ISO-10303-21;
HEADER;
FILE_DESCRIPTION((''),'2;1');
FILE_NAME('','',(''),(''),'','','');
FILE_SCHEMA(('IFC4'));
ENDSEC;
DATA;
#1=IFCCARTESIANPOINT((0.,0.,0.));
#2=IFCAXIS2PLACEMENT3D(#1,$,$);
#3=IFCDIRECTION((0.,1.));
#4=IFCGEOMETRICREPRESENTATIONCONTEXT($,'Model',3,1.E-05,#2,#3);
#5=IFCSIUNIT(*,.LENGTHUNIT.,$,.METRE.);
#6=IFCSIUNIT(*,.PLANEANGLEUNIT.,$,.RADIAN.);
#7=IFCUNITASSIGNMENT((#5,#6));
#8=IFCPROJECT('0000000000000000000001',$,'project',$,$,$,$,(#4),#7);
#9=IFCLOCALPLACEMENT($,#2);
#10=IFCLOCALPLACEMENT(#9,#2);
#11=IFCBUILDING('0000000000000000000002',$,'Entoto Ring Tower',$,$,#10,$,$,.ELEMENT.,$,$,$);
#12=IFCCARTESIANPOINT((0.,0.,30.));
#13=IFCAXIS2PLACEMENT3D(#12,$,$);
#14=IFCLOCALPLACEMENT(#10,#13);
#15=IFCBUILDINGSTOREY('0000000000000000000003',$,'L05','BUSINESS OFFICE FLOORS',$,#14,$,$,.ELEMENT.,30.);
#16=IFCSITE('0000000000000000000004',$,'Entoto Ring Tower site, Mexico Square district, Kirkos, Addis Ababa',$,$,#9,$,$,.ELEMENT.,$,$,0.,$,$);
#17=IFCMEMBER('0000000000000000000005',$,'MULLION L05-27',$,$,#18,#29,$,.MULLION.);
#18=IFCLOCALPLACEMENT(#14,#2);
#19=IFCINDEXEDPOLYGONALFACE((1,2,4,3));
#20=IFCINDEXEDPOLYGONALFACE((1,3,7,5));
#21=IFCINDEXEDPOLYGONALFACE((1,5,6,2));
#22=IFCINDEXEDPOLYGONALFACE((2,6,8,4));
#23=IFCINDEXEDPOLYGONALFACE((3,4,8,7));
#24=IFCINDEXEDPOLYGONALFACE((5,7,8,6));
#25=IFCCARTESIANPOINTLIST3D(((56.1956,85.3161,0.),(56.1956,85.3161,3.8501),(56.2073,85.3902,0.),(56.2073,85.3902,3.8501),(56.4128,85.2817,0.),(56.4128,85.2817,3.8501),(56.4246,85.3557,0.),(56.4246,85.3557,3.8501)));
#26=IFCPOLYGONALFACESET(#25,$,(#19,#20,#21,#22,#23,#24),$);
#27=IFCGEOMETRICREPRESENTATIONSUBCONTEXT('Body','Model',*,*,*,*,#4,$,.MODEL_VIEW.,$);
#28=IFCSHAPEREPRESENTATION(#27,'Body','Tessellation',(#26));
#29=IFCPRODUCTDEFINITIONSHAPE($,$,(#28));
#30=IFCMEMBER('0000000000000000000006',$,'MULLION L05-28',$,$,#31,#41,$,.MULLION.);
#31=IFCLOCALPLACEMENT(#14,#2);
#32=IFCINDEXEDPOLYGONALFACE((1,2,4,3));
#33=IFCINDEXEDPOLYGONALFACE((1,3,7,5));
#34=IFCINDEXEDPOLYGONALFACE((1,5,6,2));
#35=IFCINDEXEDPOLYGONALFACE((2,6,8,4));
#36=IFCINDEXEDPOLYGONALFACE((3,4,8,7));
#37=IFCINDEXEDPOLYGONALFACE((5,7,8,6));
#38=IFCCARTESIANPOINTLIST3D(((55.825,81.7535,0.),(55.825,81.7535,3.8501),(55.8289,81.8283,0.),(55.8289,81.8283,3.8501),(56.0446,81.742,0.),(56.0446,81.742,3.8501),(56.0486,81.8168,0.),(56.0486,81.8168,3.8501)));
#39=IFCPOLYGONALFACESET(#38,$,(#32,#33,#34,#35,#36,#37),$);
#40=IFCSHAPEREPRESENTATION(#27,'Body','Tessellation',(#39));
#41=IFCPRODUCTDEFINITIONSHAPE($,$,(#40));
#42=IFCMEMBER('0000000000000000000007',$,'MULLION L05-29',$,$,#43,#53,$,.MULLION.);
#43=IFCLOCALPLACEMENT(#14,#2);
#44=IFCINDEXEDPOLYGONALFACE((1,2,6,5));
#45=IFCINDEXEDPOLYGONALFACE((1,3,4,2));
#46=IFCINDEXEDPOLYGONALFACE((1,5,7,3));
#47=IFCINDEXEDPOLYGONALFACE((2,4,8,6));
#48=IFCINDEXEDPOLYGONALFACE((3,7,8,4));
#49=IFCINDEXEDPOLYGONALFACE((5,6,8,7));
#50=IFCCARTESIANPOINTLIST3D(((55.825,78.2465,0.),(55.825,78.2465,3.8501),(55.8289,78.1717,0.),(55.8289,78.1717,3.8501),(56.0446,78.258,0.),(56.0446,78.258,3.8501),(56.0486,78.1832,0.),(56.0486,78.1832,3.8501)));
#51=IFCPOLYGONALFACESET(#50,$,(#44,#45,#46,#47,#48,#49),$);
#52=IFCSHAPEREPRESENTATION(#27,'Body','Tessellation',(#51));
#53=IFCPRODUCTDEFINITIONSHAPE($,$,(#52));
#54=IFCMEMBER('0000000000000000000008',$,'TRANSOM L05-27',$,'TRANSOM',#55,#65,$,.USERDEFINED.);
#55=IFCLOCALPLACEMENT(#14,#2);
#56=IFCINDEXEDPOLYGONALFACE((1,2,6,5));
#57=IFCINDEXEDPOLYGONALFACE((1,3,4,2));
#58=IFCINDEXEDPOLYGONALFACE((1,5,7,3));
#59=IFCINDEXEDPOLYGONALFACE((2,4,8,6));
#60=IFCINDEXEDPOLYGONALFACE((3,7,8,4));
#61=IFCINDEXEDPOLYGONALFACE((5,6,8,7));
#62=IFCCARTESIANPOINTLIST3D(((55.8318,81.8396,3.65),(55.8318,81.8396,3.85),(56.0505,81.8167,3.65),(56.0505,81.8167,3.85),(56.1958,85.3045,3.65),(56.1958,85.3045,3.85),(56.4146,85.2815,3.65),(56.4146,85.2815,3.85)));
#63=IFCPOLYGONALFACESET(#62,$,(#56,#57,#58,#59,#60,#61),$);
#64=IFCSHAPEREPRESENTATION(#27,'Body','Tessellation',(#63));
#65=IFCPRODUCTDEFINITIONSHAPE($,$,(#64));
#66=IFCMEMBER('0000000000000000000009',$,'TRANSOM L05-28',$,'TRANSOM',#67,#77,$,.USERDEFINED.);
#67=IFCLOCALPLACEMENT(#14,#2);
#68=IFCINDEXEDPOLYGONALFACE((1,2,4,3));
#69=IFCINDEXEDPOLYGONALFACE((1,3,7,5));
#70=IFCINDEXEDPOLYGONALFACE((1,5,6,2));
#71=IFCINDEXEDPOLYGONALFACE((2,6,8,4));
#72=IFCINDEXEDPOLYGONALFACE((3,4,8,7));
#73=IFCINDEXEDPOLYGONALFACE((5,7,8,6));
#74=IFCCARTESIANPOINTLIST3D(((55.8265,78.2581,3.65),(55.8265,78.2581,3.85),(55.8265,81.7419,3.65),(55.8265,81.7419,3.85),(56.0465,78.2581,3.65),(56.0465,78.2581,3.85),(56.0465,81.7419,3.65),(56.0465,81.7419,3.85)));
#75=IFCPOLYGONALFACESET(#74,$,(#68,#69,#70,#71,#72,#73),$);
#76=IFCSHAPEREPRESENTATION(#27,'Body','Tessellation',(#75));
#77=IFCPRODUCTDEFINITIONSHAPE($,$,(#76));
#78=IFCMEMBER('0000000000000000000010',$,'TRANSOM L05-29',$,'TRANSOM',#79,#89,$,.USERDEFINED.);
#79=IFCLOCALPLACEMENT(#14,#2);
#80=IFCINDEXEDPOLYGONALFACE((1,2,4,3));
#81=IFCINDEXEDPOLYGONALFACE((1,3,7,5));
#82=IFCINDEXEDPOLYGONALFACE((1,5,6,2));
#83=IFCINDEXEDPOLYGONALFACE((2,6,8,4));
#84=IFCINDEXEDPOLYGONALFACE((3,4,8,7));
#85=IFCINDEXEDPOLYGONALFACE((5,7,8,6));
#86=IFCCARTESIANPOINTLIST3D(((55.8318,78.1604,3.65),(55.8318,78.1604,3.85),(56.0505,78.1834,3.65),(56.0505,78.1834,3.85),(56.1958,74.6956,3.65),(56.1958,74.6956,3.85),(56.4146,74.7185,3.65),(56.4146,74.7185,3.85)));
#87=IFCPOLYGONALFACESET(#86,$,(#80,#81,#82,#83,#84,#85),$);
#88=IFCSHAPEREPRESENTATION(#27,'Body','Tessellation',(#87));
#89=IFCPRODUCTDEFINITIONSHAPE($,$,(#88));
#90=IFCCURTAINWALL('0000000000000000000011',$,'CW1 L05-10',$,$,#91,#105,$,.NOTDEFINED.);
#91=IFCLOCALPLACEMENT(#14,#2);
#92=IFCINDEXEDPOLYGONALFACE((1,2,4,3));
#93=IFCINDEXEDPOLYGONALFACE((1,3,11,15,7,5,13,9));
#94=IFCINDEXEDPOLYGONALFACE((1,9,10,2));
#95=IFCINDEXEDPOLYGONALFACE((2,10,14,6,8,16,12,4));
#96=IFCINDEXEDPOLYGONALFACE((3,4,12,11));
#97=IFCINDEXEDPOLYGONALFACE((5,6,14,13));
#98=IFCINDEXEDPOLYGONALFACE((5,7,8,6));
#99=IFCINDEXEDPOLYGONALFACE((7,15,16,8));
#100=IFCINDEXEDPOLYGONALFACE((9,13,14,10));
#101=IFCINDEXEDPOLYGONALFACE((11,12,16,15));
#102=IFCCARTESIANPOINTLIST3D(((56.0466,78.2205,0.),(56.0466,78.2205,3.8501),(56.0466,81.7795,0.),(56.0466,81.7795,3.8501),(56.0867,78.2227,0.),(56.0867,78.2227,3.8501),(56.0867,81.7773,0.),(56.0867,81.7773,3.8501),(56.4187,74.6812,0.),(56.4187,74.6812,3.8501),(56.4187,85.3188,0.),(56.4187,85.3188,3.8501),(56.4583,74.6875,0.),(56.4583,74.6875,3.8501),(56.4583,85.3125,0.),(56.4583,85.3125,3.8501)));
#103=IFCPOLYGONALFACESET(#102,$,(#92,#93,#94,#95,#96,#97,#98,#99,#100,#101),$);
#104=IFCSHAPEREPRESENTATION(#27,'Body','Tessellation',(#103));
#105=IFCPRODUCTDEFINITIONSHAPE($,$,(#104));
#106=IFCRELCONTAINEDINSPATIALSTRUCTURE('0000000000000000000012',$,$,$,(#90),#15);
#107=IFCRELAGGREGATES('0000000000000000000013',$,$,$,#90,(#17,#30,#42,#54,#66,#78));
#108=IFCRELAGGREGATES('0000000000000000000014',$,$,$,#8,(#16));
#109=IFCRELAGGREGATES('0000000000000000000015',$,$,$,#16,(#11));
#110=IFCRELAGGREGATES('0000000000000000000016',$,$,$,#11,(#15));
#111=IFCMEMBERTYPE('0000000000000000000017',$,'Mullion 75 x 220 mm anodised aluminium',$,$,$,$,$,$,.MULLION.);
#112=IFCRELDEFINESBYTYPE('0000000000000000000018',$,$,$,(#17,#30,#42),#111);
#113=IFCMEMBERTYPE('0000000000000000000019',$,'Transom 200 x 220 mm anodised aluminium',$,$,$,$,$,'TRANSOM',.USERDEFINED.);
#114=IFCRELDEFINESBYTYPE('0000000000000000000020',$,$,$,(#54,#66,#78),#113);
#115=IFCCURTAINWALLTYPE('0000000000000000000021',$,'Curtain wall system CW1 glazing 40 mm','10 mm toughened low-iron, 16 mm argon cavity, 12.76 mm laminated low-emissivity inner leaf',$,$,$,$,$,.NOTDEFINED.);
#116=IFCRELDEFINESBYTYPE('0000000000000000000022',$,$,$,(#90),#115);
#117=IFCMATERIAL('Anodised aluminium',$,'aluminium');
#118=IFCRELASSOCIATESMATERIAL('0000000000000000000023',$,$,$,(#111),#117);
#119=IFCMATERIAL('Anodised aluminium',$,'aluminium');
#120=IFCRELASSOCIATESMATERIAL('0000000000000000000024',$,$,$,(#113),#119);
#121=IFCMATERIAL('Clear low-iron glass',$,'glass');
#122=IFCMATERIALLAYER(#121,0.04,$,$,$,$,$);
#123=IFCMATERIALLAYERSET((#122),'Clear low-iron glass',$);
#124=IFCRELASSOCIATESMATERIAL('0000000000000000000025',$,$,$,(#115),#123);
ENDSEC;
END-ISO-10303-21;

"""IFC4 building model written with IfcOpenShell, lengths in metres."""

from ifc_helpers import new_model, si_unit, direction, frame, origin, origin_2d, place, context, subcontext, project, spatial, polyline, rectangle, outline, extrude, material, layer, layer_set, material_profile, profile_set, type_object, element, aggregate, save


model = new_model("IFC4")

# Units and contexts
model_context = context("Model", 3, precision=1e-05, world=origin(), true_north=direction((0.0, 1.0)))
body_context = subcontext(model_context, "Body", "Model", "MODEL_VIEW")
ifc_project = project(units=[si_unit("LENGTHUNIT", "METRE"), si_unit("PLANEANGLEUNIT", "RADIAN")], contexts=[model_context])

# Members
ifc_material_1 = material(Name="Anodised aluminium", Category="aluminium")
ifc_material_profile_1 = material_profile(ifc_material_1, rectangle(XDim=0.075, YDim=0.22, at=origin_2d()), Name="Mullion 75 x 220 mm anodised aluminium")
ifc_profile_set_1 = profile_set([ifc_material_profile_1], Name="Anodised aluminium")
member_type_1 = type_object("IfcMemberType", Name="Mullion 75 x 220 mm anodised aluminium", PredefinedType="MULLION", material=ifc_profile_set_1)
site_placement = place(None, origin())
building_placement = place(site_placement, origin())
storey_placement = place(building_placement, frame((0.0, 0.0, 30.0)))
member_1_placement = place(storey_placement, frame((56.3101, 85.3359, 0.0), z_axis=(0.0, 0.0, 1.0), x_axis=(-0.156434, -0.987688, 0.0)))
member_1 = element("IfcMember", 1, at=member_1_placement, type_object=member_type_1, Name="MULLION L05-27", PredefinedType="MULLION", context=body_context, shape_type="SweptSolid", body=[
    extrude(rectangle(XDim=0.075, YDim=0.22, at=origin_2d()), origin(), (0.0, 0.0, 1.0), 3.8501),
])
member_2_placement = place(storey_placement, frame((55.9368, 81.7852, 0.0), z_axis=(0.0, 0.0, 1.0), x_axis=(-0.052336, -0.99863, 0.0)))
member_2 = element("IfcMember", 2, at=member_2_placement, type_object=member_type_1, Name="MULLION L05-28", PredefinedType="MULLION", context=body_context, shape_type="SweptSolid", body=[
    extrude(rectangle(XDim=0.075, YDim=0.22, at=origin_2d()), origin(), (0.0, 0.0, 1.0), 3.8501),
])
member_3_placement = place(storey_placement, frame((55.9368, 78.2148, 0.0), z_axis=(0.0, 0.0, 1.0), x_axis=(0.052336, -0.99863, 0.0)))
member_3 = element("IfcMember", 3, at=member_3_placement, type_object=member_type_1, Name="MULLION L05-29", PredefinedType="MULLION", context=body_context, shape_type="SweptSolid", body=[
    extrude(rectangle(XDim=0.075, YDim=0.22, at=origin_2d()), origin(), (0.0, 0.0, 1.0), 3.8501),
])
ifc_material_2 = material(Name="Anodised aluminium", Category="aluminium")
ifc_material_profile_2 = material_profile(ifc_material_2, rectangle(XDim=0.22, YDim=0.2, at=origin_2d()), Name="Transom 200 x 220 mm anodised aluminium")
ifc_profile_set_2 = profile_set([ifc_material_profile_2], Name="Anodised aluminium")
member_type_2 = type_object("IfcMemberType", Name="Transom 200 x 220 mm anodised aluminium", ElementType="TRANSOM", PredefinedType="USERDEFINED", material=ifc_profile_set_2)
member_4_placement = place(storey_placement, frame((56.3052, 85.293, 3.75), z_axis=(-0.104484, -0.994527, 0.0), x_axis=(0.994527, -0.104484, 0.0)))
member_4 = element("IfcMember", 4, at=member_4_placement, type_object=member_type_2, Name="TRANSOM L05-27", ObjectType="TRANSOM", PredefinedType="USERDEFINED", context=body_context, shape_type="SweptSolid", body=[
    extrude(rectangle(XDim=0.22, YDim=0.2, at=origin_2d()), origin(), (0.0, 0.0, 1.0), 3.4839),
])
member_5_placement = place(storey_placement, frame((55.9365, 81.7419, 3.75), z_axis=(0.0, -1.0, 0.0), x_axis=(1.0, 0.0, 0.0)))
member_5 = element("IfcMember", 5, at=member_5_placement, type_object=member_type_2, Name="TRANSOM L05-28", ObjectType="TRANSOM", PredefinedType="USERDEFINED", context=body_context, shape_type="SweptSolid", body=[
    extrude(rectangle(XDim=0.22, YDim=0.2, at=origin_2d()), origin(), (0.0, 0.0, 1.0), 3.4839),
])
member_6_placement = place(storey_placement, frame((55.9412, 78.1719, 3.75), z_axis=(0.104484, -0.994527, 0.0), x_axis=(0.994527, 0.104484, 0.0)))
member_6 = element("IfcMember", 6, at=member_6_placement, type_object=member_type_2, Name="TRANSOM L05-29", ObjectType="TRANSOM", PredefinedType="USERDEFINED", context=body_context, shape_type="SweptSolid", body=[
    extrude(rectangle(XDim=0.22, YDim=0.2, at=origin_2d()), origin(), (0.0, 0.0, 1.0), 3.4839),
])

# Site, building, storey
site = spatial("IfcSite", under=ifc_project, at=site_placement, Name="Entoto Ring Tower site, Mexico Square district, Kirkos, Addis Ababa", CompositionType="ELEMENT", RefElevation=0.0)
building = spatial("IfcBuilding", under=site, at=building_placement, Name="Entoto Ring Tower", CompositionType="ELEMENT")
storey = spatial("IfcBuildingStorey", under=building, at=storey_placement, Name="L05", Description="BUSINESS OFFICE FLOORS", CompositionType="ELEMENT", Elevation=30.0)

# Curtain wall
ifc_material_3 = material(Name="Clear low-iron glass", Category="glass")
ifc_layer = layer(ifc_material_3, 0.04)
ifc_layer_set = layer_set([ifc_layer], Name="Clear low-iron glass")
curtain_wall_type = type_object("IfcCurtainWallType", Name="Curtain wall system CW1 glazing 40 mm", Description="10 mm toughened low-iron, 16 mm argon cavity, 12.76 mm laminated low-emissivity inner leaf", PredefinedType="NOTDEFINED", material=ifc_layer_set)
curtain_wall_1_placement = place(storey_placement, origin())
curtain_wall_1 = element("IfcCurtainWall", 7, at=curtain_wall_1_placement, inside=storey, type_object=curtain_wall_type, Name="CW1 L05-10", PredefinedType="NOTDEFINED", context=body_context, shape_type="SweptSolid", body=[
    extrude(outline(polyline([(56.4187, 85.3188), (56.0466, 81.7795), (56.0466, 78.2205), (56.4187, 74.6812), (56.4583, 74.6875), (56.0867, 78.2227), (56.0867, 81.7773), (56.4583, 85.3125), (56.4187, 85.3188)])), origin(), (0.0, 0.0, 1.0), 3.8501),
])
aggregate(curtain_wall_1, [member_1, member_2, member_3, member_4, member_5, member_6])

save(model, "model.ifc")
